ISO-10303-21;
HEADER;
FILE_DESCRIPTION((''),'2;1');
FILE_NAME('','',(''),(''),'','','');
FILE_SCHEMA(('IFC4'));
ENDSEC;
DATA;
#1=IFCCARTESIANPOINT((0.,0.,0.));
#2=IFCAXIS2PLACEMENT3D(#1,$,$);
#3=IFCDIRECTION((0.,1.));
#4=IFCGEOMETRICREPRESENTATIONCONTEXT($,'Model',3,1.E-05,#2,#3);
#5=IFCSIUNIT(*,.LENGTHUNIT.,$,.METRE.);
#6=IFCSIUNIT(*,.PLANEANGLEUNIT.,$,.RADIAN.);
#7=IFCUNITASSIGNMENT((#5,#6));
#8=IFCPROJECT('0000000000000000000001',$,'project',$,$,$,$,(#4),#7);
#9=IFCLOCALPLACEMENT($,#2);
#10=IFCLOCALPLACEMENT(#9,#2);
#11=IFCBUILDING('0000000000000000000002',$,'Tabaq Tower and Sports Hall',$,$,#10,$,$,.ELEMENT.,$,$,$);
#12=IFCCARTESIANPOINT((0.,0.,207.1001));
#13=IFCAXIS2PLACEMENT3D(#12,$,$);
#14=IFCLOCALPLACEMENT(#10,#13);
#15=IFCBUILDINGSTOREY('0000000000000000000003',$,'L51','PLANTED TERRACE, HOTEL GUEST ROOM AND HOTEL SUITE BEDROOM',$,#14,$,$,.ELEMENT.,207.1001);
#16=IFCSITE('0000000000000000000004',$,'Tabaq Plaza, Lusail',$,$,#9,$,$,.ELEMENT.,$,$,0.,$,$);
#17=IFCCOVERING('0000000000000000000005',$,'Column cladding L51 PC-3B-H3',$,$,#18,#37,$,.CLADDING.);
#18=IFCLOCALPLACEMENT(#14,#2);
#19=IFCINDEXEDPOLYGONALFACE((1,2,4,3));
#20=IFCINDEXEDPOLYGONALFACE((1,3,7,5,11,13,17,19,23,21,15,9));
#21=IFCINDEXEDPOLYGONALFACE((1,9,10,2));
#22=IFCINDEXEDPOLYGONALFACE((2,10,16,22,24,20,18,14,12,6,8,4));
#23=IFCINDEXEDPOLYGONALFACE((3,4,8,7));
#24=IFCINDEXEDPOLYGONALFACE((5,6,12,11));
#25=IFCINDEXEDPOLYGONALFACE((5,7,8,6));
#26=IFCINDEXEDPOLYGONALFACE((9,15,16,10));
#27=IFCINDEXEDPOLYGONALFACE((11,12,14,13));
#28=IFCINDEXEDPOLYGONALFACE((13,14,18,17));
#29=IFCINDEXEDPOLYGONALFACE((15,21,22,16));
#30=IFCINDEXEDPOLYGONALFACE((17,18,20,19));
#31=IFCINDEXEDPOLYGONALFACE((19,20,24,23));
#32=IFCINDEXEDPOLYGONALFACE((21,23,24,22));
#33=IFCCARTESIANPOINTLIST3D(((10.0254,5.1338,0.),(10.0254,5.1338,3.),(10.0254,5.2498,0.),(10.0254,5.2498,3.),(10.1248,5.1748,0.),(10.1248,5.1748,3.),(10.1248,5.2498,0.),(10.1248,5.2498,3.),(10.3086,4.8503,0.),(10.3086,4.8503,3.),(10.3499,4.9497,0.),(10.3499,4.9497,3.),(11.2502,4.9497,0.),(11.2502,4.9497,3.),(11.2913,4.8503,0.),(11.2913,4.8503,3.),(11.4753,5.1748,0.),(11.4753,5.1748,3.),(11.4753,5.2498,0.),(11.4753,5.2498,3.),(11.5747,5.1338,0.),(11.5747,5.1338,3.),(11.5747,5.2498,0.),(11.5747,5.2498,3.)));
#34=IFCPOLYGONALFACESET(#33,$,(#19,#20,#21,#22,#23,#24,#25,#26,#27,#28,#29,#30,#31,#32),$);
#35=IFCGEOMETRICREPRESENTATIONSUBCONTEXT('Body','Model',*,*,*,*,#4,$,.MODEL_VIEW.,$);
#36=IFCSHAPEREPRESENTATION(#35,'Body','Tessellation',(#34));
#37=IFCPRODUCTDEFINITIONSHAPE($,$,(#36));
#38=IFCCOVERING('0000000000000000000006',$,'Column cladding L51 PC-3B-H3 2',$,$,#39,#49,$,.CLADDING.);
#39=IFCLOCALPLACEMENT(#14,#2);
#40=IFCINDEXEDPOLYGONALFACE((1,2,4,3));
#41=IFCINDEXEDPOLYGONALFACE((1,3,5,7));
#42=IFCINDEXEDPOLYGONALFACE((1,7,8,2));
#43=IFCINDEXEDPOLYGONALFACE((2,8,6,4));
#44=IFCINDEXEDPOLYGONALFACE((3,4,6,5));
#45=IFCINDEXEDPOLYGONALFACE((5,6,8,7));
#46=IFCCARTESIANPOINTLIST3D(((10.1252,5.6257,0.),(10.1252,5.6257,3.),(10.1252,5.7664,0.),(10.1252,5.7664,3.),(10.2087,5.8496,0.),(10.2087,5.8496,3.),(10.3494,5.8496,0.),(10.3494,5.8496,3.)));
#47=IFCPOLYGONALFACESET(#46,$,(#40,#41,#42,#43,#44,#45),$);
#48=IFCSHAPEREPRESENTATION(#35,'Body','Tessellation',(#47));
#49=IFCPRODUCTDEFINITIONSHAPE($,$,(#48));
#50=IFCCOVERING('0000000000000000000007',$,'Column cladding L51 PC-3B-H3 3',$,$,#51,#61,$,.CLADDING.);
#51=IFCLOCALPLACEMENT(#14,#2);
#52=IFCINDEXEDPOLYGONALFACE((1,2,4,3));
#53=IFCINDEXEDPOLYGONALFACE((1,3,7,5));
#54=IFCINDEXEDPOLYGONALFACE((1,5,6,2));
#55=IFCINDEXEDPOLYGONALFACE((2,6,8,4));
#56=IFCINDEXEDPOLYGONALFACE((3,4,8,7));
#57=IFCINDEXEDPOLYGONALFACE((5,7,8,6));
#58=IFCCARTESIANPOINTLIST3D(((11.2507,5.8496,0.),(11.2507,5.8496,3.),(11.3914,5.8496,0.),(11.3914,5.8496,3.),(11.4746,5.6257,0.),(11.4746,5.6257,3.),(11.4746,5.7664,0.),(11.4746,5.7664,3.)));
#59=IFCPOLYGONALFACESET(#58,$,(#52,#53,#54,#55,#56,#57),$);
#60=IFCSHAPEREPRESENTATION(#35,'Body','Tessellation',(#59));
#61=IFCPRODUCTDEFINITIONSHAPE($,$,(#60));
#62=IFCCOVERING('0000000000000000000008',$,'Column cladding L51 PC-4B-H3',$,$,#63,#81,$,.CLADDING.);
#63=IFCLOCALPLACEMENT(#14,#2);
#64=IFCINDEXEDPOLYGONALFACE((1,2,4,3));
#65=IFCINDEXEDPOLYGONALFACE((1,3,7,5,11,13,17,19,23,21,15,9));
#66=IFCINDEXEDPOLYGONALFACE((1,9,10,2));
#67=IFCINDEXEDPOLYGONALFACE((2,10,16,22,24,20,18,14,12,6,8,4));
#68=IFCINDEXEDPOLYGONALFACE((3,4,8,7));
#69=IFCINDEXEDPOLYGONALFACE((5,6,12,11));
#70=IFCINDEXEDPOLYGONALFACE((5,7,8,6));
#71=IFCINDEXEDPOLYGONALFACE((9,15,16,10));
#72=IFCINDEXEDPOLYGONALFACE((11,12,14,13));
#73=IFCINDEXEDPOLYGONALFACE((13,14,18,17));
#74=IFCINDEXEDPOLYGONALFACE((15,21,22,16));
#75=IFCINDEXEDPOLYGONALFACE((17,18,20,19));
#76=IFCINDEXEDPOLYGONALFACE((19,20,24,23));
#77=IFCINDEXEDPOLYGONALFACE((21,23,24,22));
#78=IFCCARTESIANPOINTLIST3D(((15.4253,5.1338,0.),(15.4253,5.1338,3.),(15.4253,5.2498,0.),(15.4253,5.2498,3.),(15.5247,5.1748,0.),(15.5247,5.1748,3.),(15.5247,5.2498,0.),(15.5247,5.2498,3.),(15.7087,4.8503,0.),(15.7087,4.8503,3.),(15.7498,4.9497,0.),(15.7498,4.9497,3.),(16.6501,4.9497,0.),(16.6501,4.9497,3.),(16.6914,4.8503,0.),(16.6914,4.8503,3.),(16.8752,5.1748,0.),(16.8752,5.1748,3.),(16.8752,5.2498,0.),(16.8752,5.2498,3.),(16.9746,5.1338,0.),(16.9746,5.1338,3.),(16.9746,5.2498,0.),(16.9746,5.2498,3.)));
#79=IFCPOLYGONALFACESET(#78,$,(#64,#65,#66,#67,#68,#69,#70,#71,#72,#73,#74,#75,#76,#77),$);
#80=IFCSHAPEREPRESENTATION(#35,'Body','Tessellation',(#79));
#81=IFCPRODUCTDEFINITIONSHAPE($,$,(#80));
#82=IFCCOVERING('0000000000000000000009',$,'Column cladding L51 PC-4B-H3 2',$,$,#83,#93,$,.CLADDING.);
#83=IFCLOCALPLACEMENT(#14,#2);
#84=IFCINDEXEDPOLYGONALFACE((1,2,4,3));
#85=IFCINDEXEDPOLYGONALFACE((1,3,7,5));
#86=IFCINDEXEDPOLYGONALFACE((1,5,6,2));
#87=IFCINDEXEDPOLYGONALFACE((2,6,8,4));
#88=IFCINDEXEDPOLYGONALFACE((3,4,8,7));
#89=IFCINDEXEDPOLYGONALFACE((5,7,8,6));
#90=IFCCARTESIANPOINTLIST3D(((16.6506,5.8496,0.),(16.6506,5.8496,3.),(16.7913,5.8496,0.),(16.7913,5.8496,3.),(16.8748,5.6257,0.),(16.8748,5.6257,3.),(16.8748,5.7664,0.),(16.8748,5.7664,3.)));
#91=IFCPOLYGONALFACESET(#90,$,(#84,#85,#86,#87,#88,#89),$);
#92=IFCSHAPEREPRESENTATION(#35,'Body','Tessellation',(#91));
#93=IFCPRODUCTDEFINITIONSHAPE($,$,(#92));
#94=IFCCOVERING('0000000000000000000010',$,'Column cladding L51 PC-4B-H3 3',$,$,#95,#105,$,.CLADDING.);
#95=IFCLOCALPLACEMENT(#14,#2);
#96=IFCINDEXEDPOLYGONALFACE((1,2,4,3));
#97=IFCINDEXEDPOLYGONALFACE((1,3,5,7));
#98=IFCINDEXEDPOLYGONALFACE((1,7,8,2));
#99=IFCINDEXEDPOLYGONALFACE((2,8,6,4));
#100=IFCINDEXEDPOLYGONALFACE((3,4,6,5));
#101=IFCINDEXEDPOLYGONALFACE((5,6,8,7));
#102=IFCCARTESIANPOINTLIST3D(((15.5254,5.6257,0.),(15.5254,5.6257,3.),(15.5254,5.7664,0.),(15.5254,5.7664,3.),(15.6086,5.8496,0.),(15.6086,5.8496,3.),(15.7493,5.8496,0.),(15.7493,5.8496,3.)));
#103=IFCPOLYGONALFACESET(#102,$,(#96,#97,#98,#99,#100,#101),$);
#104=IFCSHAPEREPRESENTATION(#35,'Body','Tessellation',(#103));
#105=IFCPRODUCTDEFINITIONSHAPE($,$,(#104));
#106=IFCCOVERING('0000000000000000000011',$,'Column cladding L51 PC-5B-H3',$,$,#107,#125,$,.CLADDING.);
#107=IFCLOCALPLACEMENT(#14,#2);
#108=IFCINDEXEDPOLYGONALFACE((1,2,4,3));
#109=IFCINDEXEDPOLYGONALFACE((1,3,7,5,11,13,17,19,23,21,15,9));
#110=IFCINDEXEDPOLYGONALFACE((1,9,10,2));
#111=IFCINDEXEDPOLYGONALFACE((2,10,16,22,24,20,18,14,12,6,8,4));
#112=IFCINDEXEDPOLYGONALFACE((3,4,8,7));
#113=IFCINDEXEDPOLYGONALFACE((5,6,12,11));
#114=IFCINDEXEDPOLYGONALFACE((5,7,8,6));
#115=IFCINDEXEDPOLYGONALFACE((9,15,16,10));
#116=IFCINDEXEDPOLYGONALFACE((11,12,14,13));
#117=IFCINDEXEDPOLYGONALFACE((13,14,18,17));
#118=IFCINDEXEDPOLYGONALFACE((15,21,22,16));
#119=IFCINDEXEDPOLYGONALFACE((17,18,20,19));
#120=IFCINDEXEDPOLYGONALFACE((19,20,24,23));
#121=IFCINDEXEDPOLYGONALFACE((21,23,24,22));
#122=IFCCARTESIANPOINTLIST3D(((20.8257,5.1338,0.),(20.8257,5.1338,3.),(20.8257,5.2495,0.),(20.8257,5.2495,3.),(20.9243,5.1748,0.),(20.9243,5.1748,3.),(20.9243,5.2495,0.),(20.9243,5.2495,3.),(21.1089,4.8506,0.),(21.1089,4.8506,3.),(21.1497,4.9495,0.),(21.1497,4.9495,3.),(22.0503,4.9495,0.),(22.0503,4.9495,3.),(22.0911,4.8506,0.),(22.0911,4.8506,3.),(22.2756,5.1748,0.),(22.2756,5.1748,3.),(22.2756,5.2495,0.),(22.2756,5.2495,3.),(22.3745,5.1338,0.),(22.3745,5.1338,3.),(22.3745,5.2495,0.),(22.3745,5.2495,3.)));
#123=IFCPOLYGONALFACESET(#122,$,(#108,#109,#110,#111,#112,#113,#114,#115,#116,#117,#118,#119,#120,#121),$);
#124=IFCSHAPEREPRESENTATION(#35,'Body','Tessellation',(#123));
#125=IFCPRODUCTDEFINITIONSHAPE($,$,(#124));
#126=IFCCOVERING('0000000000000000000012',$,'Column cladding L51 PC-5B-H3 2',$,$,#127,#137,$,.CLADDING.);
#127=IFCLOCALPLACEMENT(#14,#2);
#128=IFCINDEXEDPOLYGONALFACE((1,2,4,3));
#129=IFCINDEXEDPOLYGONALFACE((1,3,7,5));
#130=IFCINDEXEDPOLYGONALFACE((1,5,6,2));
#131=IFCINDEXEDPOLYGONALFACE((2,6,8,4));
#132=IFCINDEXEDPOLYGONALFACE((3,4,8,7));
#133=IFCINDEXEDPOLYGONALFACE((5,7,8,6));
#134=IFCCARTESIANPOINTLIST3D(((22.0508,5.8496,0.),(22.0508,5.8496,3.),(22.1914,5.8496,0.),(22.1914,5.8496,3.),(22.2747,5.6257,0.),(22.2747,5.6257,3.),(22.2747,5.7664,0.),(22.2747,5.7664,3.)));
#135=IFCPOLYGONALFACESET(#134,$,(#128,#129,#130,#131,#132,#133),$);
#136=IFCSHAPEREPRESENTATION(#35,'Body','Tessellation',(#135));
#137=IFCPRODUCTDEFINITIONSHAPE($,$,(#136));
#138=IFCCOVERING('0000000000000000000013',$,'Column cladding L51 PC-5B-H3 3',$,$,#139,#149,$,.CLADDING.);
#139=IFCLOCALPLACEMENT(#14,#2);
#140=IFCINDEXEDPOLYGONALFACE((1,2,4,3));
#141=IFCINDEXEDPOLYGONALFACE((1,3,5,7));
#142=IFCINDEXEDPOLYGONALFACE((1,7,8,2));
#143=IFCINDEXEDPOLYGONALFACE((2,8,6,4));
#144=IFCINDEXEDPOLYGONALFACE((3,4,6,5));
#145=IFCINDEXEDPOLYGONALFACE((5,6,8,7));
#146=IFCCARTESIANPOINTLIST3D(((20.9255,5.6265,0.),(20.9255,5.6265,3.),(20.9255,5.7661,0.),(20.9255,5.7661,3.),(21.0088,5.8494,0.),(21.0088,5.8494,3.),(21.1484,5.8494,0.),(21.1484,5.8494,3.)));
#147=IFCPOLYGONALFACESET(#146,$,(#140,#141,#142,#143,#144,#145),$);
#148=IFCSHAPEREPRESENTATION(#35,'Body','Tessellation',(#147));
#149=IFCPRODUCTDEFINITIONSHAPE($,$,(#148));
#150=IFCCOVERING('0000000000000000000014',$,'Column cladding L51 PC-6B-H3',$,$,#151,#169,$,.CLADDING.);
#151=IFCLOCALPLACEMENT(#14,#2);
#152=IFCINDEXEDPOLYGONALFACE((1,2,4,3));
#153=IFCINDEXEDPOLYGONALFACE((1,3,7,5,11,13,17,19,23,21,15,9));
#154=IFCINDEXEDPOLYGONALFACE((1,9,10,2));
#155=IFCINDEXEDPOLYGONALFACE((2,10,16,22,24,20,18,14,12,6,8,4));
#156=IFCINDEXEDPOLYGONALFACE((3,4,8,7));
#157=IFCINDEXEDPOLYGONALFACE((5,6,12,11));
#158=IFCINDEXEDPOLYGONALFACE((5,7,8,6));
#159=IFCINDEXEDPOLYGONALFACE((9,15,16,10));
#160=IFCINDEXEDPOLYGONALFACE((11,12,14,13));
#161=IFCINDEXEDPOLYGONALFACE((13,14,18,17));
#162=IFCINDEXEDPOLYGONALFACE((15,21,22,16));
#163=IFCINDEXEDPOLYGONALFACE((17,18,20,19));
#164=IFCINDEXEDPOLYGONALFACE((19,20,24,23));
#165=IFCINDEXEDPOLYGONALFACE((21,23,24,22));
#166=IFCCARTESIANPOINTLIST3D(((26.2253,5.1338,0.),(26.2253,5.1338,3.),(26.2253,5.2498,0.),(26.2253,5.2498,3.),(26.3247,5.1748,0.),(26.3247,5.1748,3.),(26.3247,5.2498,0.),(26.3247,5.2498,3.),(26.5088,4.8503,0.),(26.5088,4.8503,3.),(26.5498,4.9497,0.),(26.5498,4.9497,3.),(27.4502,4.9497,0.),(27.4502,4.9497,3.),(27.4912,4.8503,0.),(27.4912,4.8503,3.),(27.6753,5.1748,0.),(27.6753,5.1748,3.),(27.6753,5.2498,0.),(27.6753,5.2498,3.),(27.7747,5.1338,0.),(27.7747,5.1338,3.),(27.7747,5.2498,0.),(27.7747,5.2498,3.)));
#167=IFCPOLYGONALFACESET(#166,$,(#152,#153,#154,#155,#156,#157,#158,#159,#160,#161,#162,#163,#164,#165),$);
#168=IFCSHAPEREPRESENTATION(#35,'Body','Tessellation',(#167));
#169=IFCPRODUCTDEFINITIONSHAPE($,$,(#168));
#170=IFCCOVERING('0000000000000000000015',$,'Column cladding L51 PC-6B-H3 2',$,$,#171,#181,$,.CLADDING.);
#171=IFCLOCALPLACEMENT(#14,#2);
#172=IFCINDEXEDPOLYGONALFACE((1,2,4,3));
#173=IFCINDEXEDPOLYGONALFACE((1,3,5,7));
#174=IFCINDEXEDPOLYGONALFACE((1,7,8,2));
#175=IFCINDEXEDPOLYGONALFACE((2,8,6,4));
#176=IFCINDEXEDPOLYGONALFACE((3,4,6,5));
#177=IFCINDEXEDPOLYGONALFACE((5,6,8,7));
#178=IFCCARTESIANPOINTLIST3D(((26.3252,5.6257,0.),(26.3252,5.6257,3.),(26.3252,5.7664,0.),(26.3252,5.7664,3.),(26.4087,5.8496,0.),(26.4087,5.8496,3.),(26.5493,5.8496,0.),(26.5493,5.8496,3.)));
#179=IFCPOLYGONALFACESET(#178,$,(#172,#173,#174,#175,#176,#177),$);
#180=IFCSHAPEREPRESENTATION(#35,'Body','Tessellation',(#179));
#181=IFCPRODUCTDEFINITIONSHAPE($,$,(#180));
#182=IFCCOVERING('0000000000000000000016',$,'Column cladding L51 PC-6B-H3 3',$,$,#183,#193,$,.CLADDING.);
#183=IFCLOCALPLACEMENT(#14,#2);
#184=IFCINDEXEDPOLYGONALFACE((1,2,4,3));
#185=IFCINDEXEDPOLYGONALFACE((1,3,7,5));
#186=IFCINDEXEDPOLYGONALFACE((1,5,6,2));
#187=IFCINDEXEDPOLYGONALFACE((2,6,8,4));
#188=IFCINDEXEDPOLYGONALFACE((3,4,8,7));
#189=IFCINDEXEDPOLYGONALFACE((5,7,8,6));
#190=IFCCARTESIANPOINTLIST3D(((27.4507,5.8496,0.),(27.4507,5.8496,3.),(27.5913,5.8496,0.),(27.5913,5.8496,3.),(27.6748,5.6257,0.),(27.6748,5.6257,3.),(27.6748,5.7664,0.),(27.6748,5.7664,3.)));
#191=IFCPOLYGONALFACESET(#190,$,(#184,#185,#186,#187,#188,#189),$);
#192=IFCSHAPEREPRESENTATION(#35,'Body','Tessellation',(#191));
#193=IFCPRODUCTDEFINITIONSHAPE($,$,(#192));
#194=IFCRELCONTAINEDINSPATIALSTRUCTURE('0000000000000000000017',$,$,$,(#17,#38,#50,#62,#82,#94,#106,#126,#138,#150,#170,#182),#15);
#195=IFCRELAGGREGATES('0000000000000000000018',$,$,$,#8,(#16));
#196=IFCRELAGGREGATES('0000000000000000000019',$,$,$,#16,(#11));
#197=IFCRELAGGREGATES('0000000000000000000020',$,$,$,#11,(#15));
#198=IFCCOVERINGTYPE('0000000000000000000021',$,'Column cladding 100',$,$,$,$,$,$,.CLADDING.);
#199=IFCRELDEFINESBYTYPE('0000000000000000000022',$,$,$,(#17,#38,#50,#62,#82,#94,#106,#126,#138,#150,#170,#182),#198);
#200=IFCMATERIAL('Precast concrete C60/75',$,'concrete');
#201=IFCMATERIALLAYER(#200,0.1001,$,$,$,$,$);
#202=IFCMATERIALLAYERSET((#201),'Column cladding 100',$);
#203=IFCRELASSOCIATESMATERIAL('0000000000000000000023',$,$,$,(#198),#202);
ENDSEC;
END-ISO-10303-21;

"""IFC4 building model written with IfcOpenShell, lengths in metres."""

from ifc_helpers import new_model, si_unit, direction, frame, origin, place, context, subcontext, project, spatial, polyline, outline, extrude, material, layer, layer_set, type_object, element, save


model = new_model("IFC4")

# Units and contexts
model_context = context("Model", 3, precision=1e-05, world=origin(), true_north=direction((0.0, 1.0)))
body_context = subcontext(model_context, "Body", "Model", "MODEL_VIEW")
ifc_project = project(units=[si_unit("LENGTHUNIT", "METRE"), si_unit("PLANEANGLEUNIT", "RADIAN")], contexts=[model_context])

# Site, building, storey
site_placement = place(None, origin())
site = spatial("IfcSite", under=ifc_project, at=site_placement, Name="Tabaq Plaza, Lusail", CompositionType="ELEMENT", RefElevation=0.0)
building_placement = place(site_placement, origin())
building = spatial("IfcBuilding", under=site, at=building_placement, Name="Tabaq Tower and Sports Hall", CompositionType="ELEMENT")
storey_placement = place(building_placement, frame((0.0, 0.0, 207.1001)))
storey = spatial("IfcBuildingStorey", under=building, at=storey_placement, Name="L51", Description="PLANTED TERRACE, HOTEL GUEST ROOM AND HOTEL SUITE BEDROOM", CompositionType="ELEMENT", Elevation=207.1001)

# Coverings
ifc_material_1 = material(Name="Precast concrete C60/75", Category="concrete")
ifc_layer_1 = layer(ifc_material_1, 0.1001)
ifc_layer_set_1 = layer_set([ifc_layer_1], Name="Column cladding 100")
covering_type = type_object("IfcCoveringType", Name="Column cladding 100", PredefinedType="CLADDING", material=ifc_layer_set_1)
covering_1_placement = place(storey_placement, origin())
element("IfcCovering", 1, at=covering_1_placement, inside=storey, type_object=covering_type, Name="Column cladding L51 PC-3B-H3", PredefinedType="CLADDING", context=body_context, shape_type="SweptSolid", body=[
    extrude(outline(polyline([(10.0254, 5.2498), (10.1248, 5.2498), (10.1248, 5.1748), (10.3499, 4.9497), (11.2502, 4.9497), (11.4753, 5.1748), (11.4753, 5.2498), (11.5747, 5.2498), (11.5747, 5.1338), (11.2913, 4.8503), (10.3086, 4.8503), (10.0254, 5.1338), (10.0254, 5.2498)])), origin(), (0.0, 0.0, 1.0), 3.0),
])
covering_2_placement = place(storey_placement, origin())
element("IfcCovering", 2, at=covering_2_placement, inside=storey, type_object=covering_type, Name="Column cladding L51 PC-3B-H3 2", PredefinedType="CLADDING", context=body_context, shape_type="SweptSolid", body=[
    extrude(outline(polyline([(10.2087, 5.8496), (10.3494, 5.8496), (10.1252, 5.6257), (10.1252, 5.7664), (10.2087, 5.8496)])), origin(), (0.0, 0.0, 1.0), 3.0),
])
covering_3_placement = place(storey_placement, origin())
element("IfcCovering", 3, at=covering_3_placement, inside=storey, type_object=covering_type, Name="Column cladding L51 PC-3B-H3 3", PredefinedType="CLADDING", context=body_context, shape_type="SweptSolid", body=[
    extrude(outline(polyline([(11.4746, 5.7664), (11.4746, 5.6257), (11.2507, 5.8496), (11.3914, 5.8496), (11.4746, 5.7664)])), origin(), (0.0, 0.0, 1.0), 3.0),
])
covering_4_placement = place(storey_placement, origin())
element("IfcCovering", 4, at=covering_4_placement, inside=storey, type_object=covering_type, Name="Column cladding L51 PC-4B-H3", PredefinedType="CLADDING", context=body_context, shape_type="SweptSolid", body=[
    extrude(outline(polyline([(15.4253, 5.2498), (15.5247, 5.2498), (15.5247, 5.1748), (15.7498, 4.9497), (16.6501, 4.9497), (16.8752, 5.1748), (16.8752, 5.2498), (16.9746, 5.2498), (16.9746, 5.1338), (16.6914, 4.8503), (15.7087, 4.8503), (15.4253, 5.1338), (15.4253, 5.2498)])), origin(), (0.0, 0.0, 1.0), 3.0),
])
covering_5_placement = place(storey_placement, origin())
element("IfcCovering", 5, at=covering_5_placement, inside=storey, type_object=covering_type, Name="Column cladding L51 PC-4B-H3 2", PredefinedType="CLADDING", context=body_context, shape_type="SweptSolid", body=[
    extrude(outline(polyline([(16.8748, 5.7664), (16.8748, 5.6257), (16.6506, 5.8496), (16.7913, 5.8496), (16.8748, 5.7664)])), origin(), (0.0, 0.0, 1.0), 3.0),
])
covering_6_placement = place(storey_placement, origin())
element("IfcCovering", 6, at=covering_6_placement, inside=storey, type_object=covering_type, Name="Column cladding L51 PC-4B-H3 3", PredefinedType="CLADDING", context=body_context, shape_type="SweptSolid", body=[
    extrude(outline(polyline([(15.6086, 5.8496), (15.7493, 5.8496), (15.5254, 5.6257), (15.5254, 5.7664), (15.6086, 5.8496)])), origin(), (0.0, 0.0, 1.0), 3.0),
])
covering_7_placement = place(storey_placement, origin())
element("IfcCovering", 7, at=covering_7_placement, inside=storey, type_object=covering_type, Name="Column cladding L51 PC-5B-H3", PredefinedType="CLADDING", context=body_context, shape_type="SweptSolid", body=[
    extrude(outline(polyline([(20.8257, 5.2495), (20.9243, 5.2495), (20.9243, 5.1748), (21.1497, 4.9495), (22.0503, 4.9495), (22.2756, 5.1748), (22.2756, 5.2495), (22.3745, 5.2495), (22.3745, 5.1338), (22.0911, 4.8506), (21.1089, 4.8506), (20.8257, 5.1338), (20.8257, 5.2495)])), origin(), (0.0, 0.0, 1.0), 3.0),
])
covering_8_placement = place(storey_placement, origin())
element("IfcCovering", 8, at=covering_8_placement, inside=storey, type_object=covering_type, Name="Column cladding L51 PC-5B-H3 2", PredefinedType="CLADDING", context=body_context, shape_type="SweptSolid", body=[
    extrude(outline(polyline([(22.2747, 5.7664), (22.2747, 5.6257), (22.0508, 5.8496), (22.1914, 5.8496), (22.2747, 5.7664)])), origin(), (0.0, 0.0, 1.0), 3.0),
])
covering_9_placement = place(storey_placement, origin())
element("IfcCovering", 9, at=covering_9_placement, inside=storey, type_object=covering_type, Name="Column cladding L51 PC-5B-H3 3", PredefinedType="CLADDING", context=body_context, shape_type="SweptSolid", body=[
    extrude(outline(polyline([(20.9255, 5.6265), (20.9255, 5.7661), (21.0088, 5.8494), (21.1484, 5.8494), (20.9255, 5.6265)])), origin(), (0.0, 0.0, 1.0), 3.0),
])
covering_10_placement = place(storey_placement, origin())
element("IfcCovering", 10, at=covering_10_placement, inside=storey, type_object=covering_type, Name="Column cladding L51 PC-6B-H3", PredefinedType="CLADDING", context=body_context, shape_type="SweptSolid", body=[
    extrude(outline(polyline([(26.2253, 5.2498), (26.3247, 5.2498), (26.3247, 5.1748), (26.5498, 4.9497), (27.4502, 4.9497), (27.6753, 5.1748), (27.6753, 5.2498), (27.7747, 5.2498), (27.7747, 5.1338), (27.4912, 4.8503), (26.5088, 4.8503), (26.2253, 5.1338), (26.2253, 5.2498)])), origin(), (0.0, 0.0, 1.0), 3.0),
])
covering_11_placement = place(storey_placement, origin())
element("IfcCovering", 11, at=covering_11_placement, inside=storey, type_object=covering_type, Name="Column cladding L51 PC-6B-H3 2", PredefinedType="CLADDING", context=body_context, shape_type="SweptSolid", body=[
    extrude(outline(polyline([(26.4087, 5.8496), (26.5493, 5.8496), (26.3252, 5.6257), (26.3252, 5.7664), (26.4087, 5.8496)])), origin(), (0.0, 0.0, 1.0), 3.0),
])
covering_12_placement = place(storey_placement, origin())
element("IfcCovering", 12, at=covering_12_placement, inside=storey, type_object=covering_type, Name="Column cladding L51 PC-6B-H3 3", PredefinedType="CLADDING", context=body_context, shape_type="SweptSolid", body=[
    extrude(outline(polyline([(27.6748, 5.7664), (27.6748, 5.6257), (27.4507, 5.8496), (27.5913, 5.8496), (27.6748, 5.7664)])), origin(), (0.0, 0.0, 1.0), 3.0),
])

save(model, "model.ifc")
